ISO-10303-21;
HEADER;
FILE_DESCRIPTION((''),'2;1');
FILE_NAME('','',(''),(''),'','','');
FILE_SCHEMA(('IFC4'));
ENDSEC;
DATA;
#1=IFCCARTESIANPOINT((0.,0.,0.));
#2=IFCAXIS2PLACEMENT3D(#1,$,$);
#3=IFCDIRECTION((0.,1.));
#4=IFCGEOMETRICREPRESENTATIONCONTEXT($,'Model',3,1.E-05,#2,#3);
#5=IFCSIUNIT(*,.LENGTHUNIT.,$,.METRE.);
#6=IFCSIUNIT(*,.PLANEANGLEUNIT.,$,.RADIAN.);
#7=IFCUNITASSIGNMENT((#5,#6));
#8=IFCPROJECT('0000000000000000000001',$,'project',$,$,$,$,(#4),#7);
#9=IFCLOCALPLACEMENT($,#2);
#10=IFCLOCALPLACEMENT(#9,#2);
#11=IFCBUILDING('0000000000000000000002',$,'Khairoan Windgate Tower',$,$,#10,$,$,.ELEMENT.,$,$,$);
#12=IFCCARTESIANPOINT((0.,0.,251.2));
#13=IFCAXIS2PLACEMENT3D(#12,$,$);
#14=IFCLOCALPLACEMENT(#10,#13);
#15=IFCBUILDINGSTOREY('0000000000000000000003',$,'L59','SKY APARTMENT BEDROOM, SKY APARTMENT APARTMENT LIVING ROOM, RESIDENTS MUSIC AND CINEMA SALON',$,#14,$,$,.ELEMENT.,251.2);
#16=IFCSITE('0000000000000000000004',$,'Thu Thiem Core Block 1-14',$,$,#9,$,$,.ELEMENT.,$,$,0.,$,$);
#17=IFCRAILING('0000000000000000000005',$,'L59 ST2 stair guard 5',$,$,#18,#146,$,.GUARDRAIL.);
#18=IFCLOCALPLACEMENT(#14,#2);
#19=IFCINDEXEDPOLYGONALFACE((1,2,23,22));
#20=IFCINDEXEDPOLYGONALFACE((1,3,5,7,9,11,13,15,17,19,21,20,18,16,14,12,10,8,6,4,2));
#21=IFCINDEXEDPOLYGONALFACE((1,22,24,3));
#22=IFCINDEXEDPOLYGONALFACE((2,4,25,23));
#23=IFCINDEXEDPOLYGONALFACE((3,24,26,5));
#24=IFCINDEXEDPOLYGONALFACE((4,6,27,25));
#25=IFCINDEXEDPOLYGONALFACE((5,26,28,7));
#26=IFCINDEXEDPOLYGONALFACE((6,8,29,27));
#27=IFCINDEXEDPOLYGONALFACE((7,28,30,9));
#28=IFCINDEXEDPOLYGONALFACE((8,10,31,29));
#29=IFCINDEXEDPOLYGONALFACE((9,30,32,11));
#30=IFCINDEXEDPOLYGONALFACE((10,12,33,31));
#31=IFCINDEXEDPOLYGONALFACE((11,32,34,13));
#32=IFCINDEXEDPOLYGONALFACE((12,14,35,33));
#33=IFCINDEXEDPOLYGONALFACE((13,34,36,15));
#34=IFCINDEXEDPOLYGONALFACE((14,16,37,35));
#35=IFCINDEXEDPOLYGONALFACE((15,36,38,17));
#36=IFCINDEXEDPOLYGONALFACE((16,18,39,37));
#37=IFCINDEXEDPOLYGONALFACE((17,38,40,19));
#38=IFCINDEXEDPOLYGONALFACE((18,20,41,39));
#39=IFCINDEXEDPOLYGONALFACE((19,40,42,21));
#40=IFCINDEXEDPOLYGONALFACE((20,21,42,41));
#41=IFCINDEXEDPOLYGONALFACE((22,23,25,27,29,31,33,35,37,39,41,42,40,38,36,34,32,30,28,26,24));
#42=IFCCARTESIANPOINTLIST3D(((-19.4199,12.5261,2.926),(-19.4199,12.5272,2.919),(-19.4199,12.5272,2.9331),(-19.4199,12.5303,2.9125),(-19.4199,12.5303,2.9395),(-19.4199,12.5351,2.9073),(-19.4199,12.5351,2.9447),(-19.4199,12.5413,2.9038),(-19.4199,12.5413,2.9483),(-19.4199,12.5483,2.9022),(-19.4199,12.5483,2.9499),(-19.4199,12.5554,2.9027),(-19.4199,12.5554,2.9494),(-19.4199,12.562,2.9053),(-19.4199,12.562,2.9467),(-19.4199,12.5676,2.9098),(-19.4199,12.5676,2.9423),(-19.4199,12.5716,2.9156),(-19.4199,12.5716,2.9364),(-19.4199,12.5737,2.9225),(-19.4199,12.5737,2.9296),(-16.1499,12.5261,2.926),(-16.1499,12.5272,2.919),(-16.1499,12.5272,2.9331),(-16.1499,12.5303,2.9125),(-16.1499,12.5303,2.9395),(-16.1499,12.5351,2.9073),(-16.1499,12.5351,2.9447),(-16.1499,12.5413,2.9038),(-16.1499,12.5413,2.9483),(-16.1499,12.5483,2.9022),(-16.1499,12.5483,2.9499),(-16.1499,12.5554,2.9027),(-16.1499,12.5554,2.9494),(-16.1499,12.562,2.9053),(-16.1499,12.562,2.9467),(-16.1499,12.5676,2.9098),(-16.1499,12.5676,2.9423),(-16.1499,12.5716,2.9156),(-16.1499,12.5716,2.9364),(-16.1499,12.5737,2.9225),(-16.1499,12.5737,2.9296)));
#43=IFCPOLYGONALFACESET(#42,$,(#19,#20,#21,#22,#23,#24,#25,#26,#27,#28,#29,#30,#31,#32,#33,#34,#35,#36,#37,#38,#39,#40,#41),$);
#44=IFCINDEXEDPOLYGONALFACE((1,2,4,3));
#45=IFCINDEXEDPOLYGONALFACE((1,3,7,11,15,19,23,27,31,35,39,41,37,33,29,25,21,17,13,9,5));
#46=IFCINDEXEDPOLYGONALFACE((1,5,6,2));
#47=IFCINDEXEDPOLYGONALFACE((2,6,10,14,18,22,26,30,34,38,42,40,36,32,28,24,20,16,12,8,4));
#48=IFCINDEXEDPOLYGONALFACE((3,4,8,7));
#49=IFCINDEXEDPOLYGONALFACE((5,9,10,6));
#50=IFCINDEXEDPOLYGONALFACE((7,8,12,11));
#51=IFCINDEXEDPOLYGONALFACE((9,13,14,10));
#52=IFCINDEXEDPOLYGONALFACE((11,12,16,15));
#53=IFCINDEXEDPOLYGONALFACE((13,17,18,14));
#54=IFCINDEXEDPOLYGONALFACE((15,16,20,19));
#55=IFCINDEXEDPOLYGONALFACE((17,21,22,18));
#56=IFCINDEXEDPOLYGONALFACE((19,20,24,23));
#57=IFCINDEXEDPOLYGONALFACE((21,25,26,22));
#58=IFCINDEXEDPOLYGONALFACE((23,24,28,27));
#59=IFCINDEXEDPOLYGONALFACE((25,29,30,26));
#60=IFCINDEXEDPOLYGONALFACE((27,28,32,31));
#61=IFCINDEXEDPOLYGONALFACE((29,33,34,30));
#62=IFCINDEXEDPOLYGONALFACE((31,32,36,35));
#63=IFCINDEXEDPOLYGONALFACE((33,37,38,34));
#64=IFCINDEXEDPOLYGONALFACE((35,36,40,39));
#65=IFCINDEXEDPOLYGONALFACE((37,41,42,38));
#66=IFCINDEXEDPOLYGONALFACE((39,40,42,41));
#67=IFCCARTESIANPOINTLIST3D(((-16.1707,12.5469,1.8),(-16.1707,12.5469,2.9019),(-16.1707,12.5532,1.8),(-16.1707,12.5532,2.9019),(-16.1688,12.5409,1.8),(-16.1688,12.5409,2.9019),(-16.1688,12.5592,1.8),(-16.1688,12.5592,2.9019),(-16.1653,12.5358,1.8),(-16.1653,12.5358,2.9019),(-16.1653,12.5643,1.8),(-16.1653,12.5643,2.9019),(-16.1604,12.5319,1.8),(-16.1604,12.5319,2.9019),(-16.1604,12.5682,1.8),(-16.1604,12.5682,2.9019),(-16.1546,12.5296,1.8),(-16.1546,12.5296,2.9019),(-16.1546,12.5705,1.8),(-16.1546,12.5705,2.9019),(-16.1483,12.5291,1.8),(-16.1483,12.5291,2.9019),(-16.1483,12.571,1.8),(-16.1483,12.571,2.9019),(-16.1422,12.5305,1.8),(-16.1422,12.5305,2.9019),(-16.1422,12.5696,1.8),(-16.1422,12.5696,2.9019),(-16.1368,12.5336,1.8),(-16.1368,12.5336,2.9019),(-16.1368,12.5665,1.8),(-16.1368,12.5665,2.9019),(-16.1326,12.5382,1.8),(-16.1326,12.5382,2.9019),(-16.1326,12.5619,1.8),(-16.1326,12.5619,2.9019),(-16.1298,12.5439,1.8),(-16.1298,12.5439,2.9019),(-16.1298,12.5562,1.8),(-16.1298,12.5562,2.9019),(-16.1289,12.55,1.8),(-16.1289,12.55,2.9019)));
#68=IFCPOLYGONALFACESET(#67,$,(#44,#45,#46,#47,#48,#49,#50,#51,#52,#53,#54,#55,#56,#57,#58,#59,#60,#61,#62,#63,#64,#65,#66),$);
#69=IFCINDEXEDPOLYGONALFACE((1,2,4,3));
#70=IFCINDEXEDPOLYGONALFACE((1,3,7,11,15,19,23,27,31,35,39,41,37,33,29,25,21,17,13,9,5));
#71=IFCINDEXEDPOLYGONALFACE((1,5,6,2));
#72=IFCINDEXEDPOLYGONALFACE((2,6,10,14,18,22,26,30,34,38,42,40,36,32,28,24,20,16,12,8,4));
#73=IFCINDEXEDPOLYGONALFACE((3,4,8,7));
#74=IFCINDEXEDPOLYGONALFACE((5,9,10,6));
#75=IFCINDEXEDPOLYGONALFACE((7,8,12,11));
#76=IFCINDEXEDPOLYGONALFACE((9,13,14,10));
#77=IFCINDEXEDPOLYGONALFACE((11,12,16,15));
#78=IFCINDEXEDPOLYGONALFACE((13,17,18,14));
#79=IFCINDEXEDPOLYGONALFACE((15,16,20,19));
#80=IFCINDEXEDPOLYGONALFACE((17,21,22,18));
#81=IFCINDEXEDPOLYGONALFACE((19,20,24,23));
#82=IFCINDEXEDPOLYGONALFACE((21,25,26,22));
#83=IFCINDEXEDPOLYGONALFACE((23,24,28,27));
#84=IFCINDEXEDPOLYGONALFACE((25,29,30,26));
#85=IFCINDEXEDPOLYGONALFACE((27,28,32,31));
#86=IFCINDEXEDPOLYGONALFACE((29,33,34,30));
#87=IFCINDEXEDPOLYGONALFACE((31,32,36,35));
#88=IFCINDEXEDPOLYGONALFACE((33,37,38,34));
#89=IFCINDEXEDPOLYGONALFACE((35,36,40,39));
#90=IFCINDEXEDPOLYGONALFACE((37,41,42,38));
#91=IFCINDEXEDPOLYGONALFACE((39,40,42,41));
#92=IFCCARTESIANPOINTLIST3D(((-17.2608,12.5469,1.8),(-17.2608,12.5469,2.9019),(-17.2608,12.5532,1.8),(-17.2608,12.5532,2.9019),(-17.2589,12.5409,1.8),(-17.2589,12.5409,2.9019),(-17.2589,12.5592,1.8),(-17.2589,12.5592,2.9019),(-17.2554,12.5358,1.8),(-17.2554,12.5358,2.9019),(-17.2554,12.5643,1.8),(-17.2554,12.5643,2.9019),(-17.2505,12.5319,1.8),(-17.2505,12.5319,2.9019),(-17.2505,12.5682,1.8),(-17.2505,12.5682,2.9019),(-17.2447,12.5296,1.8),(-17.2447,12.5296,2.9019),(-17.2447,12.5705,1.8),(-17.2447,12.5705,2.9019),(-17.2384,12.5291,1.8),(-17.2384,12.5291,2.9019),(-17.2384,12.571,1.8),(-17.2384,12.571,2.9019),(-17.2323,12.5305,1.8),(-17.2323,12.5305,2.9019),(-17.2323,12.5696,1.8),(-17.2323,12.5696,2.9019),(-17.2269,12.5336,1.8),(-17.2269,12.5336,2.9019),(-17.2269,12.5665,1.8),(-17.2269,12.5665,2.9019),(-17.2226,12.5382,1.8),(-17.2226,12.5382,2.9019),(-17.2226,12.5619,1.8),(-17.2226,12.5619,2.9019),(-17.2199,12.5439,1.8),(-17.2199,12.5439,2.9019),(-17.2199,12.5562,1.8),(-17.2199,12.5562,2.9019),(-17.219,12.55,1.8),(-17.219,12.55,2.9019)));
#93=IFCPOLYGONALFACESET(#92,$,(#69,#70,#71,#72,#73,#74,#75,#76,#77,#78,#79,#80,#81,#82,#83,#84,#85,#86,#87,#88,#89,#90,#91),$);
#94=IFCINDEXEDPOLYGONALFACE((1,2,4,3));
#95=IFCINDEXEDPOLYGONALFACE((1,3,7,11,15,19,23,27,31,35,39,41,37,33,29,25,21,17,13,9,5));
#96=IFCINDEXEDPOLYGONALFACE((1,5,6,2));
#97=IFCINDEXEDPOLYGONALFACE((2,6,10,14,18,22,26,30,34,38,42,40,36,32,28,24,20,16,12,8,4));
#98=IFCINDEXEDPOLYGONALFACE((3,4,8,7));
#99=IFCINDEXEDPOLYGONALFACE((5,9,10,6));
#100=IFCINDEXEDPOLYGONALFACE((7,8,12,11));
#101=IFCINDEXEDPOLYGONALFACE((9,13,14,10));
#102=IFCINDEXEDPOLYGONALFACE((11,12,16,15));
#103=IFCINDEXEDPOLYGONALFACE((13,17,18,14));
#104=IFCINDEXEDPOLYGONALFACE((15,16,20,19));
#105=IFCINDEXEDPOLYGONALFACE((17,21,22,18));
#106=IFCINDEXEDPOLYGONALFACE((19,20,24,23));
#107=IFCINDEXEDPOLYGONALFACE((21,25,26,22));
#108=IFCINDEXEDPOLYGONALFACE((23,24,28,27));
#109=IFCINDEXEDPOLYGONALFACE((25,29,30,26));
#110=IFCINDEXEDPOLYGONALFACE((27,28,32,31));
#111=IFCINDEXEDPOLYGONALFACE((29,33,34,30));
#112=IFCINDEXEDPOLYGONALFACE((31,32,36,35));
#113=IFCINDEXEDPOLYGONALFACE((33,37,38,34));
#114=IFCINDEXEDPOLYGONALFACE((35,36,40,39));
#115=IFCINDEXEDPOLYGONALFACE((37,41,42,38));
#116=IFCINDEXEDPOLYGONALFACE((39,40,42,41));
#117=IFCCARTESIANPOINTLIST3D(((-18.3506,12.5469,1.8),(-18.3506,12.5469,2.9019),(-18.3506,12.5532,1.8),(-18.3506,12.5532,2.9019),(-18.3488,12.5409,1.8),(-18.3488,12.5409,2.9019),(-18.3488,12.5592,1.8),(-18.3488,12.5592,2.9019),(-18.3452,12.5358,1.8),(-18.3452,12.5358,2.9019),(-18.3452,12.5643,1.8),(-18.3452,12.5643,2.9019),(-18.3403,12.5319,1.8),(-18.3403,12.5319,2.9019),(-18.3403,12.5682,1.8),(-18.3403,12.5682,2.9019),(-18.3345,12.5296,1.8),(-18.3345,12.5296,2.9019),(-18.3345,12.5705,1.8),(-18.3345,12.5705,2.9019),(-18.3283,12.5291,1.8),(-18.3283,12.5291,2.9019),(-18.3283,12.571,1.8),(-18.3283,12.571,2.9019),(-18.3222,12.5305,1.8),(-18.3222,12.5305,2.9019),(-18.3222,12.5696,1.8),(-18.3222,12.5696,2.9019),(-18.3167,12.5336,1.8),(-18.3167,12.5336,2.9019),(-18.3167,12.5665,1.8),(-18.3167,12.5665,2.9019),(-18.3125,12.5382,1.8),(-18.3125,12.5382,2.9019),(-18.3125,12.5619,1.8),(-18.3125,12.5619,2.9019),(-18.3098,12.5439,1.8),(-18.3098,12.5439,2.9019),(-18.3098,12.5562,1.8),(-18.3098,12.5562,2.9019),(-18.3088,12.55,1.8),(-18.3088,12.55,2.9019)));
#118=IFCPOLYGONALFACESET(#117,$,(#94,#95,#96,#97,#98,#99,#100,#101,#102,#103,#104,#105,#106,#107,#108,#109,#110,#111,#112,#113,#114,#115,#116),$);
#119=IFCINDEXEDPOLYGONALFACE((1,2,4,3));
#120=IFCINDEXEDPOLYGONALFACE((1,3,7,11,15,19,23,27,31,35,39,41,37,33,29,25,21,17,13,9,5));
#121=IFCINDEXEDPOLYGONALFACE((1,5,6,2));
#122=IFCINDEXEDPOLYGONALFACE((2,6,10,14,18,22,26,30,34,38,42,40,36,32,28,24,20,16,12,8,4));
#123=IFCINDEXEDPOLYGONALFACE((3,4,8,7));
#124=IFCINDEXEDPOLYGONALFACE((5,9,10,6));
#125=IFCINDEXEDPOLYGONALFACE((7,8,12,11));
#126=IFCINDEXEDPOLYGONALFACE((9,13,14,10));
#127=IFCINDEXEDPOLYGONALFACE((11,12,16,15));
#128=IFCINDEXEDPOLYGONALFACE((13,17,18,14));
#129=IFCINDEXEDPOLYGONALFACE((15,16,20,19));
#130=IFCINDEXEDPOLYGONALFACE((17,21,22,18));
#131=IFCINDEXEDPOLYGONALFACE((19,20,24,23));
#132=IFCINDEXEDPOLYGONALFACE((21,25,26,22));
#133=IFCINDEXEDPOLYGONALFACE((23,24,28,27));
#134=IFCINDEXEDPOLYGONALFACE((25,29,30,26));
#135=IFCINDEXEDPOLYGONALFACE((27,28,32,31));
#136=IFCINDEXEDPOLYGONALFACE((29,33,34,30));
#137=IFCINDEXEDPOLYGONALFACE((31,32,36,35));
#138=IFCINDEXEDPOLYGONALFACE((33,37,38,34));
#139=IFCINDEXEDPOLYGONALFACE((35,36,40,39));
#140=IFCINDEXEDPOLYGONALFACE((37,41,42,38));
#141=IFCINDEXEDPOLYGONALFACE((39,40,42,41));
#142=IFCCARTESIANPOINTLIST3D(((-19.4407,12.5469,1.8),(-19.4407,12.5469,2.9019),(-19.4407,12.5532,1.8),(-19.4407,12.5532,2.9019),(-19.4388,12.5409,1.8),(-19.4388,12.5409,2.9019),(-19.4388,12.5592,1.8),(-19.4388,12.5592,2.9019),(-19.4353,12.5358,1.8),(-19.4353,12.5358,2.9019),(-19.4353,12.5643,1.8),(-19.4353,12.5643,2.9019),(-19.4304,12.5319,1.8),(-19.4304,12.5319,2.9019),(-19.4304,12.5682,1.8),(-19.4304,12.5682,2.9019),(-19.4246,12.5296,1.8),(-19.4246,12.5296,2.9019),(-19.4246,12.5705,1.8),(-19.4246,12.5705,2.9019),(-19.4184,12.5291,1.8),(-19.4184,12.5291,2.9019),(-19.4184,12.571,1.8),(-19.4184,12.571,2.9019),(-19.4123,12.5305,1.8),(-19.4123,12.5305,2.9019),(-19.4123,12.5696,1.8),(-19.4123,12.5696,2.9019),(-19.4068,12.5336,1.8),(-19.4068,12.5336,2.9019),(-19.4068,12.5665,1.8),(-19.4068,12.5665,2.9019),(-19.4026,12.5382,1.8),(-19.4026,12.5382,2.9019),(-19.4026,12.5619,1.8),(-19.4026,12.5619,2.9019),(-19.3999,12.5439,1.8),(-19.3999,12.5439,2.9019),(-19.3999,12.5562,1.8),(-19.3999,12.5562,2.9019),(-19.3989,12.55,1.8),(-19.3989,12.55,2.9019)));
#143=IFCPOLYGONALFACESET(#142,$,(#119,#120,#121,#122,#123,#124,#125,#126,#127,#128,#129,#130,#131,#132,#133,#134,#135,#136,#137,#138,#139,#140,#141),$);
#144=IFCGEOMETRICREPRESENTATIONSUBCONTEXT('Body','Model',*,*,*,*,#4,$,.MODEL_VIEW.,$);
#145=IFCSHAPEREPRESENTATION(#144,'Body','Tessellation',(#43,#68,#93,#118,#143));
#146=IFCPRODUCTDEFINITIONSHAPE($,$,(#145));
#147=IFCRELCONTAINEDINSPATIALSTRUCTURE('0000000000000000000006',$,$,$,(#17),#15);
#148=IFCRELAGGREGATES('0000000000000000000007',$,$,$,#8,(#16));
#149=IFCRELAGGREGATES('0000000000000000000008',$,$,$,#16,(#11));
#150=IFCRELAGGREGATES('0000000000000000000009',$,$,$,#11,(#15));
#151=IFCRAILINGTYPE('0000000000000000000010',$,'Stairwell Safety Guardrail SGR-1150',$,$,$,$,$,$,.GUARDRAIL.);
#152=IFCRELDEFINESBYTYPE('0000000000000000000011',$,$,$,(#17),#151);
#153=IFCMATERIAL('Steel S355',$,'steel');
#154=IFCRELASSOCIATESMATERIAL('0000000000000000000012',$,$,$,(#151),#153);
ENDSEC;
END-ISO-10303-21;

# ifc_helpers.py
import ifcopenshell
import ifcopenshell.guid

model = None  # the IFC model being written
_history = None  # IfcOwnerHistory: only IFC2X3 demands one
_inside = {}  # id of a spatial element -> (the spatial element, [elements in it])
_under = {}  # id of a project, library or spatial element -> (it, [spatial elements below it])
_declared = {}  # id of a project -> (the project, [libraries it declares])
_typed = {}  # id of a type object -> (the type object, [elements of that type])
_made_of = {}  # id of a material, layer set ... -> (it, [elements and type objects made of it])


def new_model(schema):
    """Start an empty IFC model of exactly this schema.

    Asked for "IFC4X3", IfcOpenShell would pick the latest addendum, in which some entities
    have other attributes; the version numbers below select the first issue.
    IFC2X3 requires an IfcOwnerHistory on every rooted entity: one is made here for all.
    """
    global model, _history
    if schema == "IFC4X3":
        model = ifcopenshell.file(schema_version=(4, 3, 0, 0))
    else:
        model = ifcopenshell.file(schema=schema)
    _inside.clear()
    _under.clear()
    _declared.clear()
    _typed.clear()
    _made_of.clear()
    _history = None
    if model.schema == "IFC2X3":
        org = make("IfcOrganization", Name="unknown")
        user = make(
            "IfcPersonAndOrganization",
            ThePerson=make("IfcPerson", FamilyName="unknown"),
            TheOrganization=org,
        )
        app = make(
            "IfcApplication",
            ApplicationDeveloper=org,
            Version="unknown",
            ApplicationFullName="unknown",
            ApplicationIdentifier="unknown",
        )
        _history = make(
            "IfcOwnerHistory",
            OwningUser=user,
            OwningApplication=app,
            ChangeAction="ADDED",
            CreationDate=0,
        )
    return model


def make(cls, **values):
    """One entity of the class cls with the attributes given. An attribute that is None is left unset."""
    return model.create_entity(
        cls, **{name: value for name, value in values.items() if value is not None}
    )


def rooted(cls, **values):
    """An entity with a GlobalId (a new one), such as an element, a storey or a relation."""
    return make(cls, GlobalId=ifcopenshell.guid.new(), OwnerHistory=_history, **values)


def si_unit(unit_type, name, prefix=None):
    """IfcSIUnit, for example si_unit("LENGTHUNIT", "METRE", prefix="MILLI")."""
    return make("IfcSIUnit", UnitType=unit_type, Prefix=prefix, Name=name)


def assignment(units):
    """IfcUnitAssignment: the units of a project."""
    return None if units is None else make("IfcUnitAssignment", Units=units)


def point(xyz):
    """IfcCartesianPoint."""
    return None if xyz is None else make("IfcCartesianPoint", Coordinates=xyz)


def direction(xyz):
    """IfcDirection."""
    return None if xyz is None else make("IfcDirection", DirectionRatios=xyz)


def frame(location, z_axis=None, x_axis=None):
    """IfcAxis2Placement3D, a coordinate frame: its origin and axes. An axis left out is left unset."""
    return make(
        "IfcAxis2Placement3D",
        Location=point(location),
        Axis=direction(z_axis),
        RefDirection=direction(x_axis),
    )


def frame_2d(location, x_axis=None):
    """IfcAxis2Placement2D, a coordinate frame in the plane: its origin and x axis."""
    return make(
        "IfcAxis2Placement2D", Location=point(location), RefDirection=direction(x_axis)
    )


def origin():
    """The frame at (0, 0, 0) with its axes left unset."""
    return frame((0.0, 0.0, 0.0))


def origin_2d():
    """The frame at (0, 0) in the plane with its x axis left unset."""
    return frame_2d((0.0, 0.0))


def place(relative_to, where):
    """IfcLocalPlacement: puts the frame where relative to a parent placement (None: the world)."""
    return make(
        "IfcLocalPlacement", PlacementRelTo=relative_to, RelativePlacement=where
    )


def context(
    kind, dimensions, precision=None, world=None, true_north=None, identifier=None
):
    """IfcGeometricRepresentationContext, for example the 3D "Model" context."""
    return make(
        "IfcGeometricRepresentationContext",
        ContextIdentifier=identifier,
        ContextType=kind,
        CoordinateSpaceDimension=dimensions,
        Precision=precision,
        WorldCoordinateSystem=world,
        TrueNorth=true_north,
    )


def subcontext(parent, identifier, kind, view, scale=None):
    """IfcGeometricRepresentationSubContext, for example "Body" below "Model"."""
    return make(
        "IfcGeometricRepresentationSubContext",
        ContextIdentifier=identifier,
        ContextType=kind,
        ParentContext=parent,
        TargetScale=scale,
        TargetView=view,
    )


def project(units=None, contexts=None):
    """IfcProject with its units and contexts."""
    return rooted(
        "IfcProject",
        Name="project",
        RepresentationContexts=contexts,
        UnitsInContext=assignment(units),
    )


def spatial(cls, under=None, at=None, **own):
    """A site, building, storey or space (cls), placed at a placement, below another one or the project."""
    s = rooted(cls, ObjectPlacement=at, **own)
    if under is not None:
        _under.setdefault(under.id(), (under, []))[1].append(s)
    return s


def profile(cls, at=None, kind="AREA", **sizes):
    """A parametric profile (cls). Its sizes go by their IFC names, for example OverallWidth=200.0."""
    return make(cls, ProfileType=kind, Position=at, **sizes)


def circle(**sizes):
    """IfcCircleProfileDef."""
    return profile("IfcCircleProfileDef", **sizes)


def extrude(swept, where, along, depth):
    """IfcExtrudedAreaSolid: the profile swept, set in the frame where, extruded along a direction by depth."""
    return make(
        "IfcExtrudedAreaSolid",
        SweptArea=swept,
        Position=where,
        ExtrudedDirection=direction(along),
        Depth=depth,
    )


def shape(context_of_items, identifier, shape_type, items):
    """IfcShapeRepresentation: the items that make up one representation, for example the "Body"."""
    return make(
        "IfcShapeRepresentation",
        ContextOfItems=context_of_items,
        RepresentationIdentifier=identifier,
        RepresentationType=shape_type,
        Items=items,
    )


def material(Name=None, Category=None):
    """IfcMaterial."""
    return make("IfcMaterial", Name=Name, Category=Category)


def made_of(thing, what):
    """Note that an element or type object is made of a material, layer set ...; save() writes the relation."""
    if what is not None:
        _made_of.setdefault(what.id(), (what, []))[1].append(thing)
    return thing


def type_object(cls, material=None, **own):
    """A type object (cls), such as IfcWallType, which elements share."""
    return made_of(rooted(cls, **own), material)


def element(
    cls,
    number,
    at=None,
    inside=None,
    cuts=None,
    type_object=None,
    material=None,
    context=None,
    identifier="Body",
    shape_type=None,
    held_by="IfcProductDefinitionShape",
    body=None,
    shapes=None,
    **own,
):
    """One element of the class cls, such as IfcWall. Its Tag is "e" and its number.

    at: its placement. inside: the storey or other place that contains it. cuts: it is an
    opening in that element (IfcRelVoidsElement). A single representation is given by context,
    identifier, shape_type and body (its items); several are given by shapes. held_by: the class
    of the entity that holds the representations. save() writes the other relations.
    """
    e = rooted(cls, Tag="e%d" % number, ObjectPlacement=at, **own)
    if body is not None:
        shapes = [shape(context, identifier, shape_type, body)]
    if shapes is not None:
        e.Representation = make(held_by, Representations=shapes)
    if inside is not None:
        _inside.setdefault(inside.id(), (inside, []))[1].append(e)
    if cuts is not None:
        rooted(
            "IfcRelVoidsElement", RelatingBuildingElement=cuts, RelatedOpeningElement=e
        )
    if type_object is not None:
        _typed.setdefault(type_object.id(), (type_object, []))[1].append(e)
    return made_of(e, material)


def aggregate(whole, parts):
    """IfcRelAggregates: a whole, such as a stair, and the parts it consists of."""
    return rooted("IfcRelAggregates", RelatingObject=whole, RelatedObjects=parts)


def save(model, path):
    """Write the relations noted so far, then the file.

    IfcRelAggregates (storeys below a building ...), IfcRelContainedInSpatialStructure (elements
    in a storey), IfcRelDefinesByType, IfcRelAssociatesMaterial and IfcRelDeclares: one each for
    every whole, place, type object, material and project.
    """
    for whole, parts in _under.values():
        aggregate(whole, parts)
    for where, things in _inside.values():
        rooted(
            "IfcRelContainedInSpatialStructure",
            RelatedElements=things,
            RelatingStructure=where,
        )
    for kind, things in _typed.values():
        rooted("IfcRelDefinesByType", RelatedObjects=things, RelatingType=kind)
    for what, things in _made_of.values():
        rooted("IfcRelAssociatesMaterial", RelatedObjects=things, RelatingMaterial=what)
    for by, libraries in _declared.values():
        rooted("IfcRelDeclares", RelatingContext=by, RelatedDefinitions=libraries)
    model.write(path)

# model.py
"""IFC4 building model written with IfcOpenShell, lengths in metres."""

from ifc_helpers import new_model, si_unit, direction, frame, origin, origin_2d, place, context, subcontext, project, spatial, circle, extrude, material, type_object, element, save


model = new_model("IFC4")

# Units and contexts
model_context = context("Model", 3, precision=1e-05, world=origin(), true_north=direction((0.0, 1.0)))
body_context = subcontext(model_context, "Body", "Model", "MODEL_VIEW")
ifc_project = project(units=[si_unit("LENGTHUNIT", "METRE"), si_unit("PLANEANGLEUNIT", "RADIAN")], contexts=[model_context])

# Site, building, storey
site_placement = place(None, origin())
site = spatial("IfcSite", under=ifc_project, at=site_placement, Name="Thu Thiem Core Block 1-14", CompositionType="ELEMENT", RefElevation=0.0)
building_placement = place(site_placement, origin())
building = spatial("IfcBuilding", under=site, at=building_placement, Name="Khairoan Windgate Tower", CompositionType="ELEMENT")
storey_placement = place(building_placement, frame((0.0, 0.0, 251.2)))
storey = spatial("IfcBuildingStorey", under=building, at=storey_placement, Name="L59", Description="SKY APARTMENT BEDROOM, SKY APARTMENT APARTMENT LIVING ROOM, RESIDENTS MUSIC AND CINEMA SALON", CompositionType="ELEMENT", Elevation=251.2)

# Railing
ifc_material_1 = material(Name="Steel S355", Category="steel")
railing_type = type_object("IfcRailingType", Name="Stairwell Safety Guardrail SGR-1150", PredefinedType="GUARDRAIL", material=ifc_material_1)
railing_1_placement = place(storey_placement, frame((-16.1499, 12.55, 1.8)))
element("IfcRailing", 1, at=railing_1_placement, inside=storey, type_object=railing_type, Name="L59 ST2 stair guard 5", PredefinedType="GUARDRAIL", context=body_context, shape_type="SweptSolid", body=[
    extrude(circle(Radius=0.0239, at=origin_2d()), frame((0.0, 0.0, 1.126), z_axis=(-1.0, 0.0, 0.0), x_axis=(0.0, -1.0, 0.0)), (0.0, 0.0, 1.0), 3.27),
    extrude(circle(Radius=0.021, at=origin_2d()), origin(), (0.0, 0.0, 1.0), 1.1018),
    extrude(circle(Radius=0.021, at=origin_2d()), frame((-1.0901, 0.0, 0.0)), (0.0, 0.0, 1.0), 1.1018),
    extrude(circle(Radius=0.021, at=origin_2d()), frame((-2.1799, 0.0, 0.0)), (0.0, 0.0, 1.0), 1.1018),
    extrude(circle(Radius=0.021, at=origin_2d()), frame((-3.27, 0.0, 0.0)), (0.0, 0.0, 1.0), 1.1018),
])

save(model, "model.ifc")
